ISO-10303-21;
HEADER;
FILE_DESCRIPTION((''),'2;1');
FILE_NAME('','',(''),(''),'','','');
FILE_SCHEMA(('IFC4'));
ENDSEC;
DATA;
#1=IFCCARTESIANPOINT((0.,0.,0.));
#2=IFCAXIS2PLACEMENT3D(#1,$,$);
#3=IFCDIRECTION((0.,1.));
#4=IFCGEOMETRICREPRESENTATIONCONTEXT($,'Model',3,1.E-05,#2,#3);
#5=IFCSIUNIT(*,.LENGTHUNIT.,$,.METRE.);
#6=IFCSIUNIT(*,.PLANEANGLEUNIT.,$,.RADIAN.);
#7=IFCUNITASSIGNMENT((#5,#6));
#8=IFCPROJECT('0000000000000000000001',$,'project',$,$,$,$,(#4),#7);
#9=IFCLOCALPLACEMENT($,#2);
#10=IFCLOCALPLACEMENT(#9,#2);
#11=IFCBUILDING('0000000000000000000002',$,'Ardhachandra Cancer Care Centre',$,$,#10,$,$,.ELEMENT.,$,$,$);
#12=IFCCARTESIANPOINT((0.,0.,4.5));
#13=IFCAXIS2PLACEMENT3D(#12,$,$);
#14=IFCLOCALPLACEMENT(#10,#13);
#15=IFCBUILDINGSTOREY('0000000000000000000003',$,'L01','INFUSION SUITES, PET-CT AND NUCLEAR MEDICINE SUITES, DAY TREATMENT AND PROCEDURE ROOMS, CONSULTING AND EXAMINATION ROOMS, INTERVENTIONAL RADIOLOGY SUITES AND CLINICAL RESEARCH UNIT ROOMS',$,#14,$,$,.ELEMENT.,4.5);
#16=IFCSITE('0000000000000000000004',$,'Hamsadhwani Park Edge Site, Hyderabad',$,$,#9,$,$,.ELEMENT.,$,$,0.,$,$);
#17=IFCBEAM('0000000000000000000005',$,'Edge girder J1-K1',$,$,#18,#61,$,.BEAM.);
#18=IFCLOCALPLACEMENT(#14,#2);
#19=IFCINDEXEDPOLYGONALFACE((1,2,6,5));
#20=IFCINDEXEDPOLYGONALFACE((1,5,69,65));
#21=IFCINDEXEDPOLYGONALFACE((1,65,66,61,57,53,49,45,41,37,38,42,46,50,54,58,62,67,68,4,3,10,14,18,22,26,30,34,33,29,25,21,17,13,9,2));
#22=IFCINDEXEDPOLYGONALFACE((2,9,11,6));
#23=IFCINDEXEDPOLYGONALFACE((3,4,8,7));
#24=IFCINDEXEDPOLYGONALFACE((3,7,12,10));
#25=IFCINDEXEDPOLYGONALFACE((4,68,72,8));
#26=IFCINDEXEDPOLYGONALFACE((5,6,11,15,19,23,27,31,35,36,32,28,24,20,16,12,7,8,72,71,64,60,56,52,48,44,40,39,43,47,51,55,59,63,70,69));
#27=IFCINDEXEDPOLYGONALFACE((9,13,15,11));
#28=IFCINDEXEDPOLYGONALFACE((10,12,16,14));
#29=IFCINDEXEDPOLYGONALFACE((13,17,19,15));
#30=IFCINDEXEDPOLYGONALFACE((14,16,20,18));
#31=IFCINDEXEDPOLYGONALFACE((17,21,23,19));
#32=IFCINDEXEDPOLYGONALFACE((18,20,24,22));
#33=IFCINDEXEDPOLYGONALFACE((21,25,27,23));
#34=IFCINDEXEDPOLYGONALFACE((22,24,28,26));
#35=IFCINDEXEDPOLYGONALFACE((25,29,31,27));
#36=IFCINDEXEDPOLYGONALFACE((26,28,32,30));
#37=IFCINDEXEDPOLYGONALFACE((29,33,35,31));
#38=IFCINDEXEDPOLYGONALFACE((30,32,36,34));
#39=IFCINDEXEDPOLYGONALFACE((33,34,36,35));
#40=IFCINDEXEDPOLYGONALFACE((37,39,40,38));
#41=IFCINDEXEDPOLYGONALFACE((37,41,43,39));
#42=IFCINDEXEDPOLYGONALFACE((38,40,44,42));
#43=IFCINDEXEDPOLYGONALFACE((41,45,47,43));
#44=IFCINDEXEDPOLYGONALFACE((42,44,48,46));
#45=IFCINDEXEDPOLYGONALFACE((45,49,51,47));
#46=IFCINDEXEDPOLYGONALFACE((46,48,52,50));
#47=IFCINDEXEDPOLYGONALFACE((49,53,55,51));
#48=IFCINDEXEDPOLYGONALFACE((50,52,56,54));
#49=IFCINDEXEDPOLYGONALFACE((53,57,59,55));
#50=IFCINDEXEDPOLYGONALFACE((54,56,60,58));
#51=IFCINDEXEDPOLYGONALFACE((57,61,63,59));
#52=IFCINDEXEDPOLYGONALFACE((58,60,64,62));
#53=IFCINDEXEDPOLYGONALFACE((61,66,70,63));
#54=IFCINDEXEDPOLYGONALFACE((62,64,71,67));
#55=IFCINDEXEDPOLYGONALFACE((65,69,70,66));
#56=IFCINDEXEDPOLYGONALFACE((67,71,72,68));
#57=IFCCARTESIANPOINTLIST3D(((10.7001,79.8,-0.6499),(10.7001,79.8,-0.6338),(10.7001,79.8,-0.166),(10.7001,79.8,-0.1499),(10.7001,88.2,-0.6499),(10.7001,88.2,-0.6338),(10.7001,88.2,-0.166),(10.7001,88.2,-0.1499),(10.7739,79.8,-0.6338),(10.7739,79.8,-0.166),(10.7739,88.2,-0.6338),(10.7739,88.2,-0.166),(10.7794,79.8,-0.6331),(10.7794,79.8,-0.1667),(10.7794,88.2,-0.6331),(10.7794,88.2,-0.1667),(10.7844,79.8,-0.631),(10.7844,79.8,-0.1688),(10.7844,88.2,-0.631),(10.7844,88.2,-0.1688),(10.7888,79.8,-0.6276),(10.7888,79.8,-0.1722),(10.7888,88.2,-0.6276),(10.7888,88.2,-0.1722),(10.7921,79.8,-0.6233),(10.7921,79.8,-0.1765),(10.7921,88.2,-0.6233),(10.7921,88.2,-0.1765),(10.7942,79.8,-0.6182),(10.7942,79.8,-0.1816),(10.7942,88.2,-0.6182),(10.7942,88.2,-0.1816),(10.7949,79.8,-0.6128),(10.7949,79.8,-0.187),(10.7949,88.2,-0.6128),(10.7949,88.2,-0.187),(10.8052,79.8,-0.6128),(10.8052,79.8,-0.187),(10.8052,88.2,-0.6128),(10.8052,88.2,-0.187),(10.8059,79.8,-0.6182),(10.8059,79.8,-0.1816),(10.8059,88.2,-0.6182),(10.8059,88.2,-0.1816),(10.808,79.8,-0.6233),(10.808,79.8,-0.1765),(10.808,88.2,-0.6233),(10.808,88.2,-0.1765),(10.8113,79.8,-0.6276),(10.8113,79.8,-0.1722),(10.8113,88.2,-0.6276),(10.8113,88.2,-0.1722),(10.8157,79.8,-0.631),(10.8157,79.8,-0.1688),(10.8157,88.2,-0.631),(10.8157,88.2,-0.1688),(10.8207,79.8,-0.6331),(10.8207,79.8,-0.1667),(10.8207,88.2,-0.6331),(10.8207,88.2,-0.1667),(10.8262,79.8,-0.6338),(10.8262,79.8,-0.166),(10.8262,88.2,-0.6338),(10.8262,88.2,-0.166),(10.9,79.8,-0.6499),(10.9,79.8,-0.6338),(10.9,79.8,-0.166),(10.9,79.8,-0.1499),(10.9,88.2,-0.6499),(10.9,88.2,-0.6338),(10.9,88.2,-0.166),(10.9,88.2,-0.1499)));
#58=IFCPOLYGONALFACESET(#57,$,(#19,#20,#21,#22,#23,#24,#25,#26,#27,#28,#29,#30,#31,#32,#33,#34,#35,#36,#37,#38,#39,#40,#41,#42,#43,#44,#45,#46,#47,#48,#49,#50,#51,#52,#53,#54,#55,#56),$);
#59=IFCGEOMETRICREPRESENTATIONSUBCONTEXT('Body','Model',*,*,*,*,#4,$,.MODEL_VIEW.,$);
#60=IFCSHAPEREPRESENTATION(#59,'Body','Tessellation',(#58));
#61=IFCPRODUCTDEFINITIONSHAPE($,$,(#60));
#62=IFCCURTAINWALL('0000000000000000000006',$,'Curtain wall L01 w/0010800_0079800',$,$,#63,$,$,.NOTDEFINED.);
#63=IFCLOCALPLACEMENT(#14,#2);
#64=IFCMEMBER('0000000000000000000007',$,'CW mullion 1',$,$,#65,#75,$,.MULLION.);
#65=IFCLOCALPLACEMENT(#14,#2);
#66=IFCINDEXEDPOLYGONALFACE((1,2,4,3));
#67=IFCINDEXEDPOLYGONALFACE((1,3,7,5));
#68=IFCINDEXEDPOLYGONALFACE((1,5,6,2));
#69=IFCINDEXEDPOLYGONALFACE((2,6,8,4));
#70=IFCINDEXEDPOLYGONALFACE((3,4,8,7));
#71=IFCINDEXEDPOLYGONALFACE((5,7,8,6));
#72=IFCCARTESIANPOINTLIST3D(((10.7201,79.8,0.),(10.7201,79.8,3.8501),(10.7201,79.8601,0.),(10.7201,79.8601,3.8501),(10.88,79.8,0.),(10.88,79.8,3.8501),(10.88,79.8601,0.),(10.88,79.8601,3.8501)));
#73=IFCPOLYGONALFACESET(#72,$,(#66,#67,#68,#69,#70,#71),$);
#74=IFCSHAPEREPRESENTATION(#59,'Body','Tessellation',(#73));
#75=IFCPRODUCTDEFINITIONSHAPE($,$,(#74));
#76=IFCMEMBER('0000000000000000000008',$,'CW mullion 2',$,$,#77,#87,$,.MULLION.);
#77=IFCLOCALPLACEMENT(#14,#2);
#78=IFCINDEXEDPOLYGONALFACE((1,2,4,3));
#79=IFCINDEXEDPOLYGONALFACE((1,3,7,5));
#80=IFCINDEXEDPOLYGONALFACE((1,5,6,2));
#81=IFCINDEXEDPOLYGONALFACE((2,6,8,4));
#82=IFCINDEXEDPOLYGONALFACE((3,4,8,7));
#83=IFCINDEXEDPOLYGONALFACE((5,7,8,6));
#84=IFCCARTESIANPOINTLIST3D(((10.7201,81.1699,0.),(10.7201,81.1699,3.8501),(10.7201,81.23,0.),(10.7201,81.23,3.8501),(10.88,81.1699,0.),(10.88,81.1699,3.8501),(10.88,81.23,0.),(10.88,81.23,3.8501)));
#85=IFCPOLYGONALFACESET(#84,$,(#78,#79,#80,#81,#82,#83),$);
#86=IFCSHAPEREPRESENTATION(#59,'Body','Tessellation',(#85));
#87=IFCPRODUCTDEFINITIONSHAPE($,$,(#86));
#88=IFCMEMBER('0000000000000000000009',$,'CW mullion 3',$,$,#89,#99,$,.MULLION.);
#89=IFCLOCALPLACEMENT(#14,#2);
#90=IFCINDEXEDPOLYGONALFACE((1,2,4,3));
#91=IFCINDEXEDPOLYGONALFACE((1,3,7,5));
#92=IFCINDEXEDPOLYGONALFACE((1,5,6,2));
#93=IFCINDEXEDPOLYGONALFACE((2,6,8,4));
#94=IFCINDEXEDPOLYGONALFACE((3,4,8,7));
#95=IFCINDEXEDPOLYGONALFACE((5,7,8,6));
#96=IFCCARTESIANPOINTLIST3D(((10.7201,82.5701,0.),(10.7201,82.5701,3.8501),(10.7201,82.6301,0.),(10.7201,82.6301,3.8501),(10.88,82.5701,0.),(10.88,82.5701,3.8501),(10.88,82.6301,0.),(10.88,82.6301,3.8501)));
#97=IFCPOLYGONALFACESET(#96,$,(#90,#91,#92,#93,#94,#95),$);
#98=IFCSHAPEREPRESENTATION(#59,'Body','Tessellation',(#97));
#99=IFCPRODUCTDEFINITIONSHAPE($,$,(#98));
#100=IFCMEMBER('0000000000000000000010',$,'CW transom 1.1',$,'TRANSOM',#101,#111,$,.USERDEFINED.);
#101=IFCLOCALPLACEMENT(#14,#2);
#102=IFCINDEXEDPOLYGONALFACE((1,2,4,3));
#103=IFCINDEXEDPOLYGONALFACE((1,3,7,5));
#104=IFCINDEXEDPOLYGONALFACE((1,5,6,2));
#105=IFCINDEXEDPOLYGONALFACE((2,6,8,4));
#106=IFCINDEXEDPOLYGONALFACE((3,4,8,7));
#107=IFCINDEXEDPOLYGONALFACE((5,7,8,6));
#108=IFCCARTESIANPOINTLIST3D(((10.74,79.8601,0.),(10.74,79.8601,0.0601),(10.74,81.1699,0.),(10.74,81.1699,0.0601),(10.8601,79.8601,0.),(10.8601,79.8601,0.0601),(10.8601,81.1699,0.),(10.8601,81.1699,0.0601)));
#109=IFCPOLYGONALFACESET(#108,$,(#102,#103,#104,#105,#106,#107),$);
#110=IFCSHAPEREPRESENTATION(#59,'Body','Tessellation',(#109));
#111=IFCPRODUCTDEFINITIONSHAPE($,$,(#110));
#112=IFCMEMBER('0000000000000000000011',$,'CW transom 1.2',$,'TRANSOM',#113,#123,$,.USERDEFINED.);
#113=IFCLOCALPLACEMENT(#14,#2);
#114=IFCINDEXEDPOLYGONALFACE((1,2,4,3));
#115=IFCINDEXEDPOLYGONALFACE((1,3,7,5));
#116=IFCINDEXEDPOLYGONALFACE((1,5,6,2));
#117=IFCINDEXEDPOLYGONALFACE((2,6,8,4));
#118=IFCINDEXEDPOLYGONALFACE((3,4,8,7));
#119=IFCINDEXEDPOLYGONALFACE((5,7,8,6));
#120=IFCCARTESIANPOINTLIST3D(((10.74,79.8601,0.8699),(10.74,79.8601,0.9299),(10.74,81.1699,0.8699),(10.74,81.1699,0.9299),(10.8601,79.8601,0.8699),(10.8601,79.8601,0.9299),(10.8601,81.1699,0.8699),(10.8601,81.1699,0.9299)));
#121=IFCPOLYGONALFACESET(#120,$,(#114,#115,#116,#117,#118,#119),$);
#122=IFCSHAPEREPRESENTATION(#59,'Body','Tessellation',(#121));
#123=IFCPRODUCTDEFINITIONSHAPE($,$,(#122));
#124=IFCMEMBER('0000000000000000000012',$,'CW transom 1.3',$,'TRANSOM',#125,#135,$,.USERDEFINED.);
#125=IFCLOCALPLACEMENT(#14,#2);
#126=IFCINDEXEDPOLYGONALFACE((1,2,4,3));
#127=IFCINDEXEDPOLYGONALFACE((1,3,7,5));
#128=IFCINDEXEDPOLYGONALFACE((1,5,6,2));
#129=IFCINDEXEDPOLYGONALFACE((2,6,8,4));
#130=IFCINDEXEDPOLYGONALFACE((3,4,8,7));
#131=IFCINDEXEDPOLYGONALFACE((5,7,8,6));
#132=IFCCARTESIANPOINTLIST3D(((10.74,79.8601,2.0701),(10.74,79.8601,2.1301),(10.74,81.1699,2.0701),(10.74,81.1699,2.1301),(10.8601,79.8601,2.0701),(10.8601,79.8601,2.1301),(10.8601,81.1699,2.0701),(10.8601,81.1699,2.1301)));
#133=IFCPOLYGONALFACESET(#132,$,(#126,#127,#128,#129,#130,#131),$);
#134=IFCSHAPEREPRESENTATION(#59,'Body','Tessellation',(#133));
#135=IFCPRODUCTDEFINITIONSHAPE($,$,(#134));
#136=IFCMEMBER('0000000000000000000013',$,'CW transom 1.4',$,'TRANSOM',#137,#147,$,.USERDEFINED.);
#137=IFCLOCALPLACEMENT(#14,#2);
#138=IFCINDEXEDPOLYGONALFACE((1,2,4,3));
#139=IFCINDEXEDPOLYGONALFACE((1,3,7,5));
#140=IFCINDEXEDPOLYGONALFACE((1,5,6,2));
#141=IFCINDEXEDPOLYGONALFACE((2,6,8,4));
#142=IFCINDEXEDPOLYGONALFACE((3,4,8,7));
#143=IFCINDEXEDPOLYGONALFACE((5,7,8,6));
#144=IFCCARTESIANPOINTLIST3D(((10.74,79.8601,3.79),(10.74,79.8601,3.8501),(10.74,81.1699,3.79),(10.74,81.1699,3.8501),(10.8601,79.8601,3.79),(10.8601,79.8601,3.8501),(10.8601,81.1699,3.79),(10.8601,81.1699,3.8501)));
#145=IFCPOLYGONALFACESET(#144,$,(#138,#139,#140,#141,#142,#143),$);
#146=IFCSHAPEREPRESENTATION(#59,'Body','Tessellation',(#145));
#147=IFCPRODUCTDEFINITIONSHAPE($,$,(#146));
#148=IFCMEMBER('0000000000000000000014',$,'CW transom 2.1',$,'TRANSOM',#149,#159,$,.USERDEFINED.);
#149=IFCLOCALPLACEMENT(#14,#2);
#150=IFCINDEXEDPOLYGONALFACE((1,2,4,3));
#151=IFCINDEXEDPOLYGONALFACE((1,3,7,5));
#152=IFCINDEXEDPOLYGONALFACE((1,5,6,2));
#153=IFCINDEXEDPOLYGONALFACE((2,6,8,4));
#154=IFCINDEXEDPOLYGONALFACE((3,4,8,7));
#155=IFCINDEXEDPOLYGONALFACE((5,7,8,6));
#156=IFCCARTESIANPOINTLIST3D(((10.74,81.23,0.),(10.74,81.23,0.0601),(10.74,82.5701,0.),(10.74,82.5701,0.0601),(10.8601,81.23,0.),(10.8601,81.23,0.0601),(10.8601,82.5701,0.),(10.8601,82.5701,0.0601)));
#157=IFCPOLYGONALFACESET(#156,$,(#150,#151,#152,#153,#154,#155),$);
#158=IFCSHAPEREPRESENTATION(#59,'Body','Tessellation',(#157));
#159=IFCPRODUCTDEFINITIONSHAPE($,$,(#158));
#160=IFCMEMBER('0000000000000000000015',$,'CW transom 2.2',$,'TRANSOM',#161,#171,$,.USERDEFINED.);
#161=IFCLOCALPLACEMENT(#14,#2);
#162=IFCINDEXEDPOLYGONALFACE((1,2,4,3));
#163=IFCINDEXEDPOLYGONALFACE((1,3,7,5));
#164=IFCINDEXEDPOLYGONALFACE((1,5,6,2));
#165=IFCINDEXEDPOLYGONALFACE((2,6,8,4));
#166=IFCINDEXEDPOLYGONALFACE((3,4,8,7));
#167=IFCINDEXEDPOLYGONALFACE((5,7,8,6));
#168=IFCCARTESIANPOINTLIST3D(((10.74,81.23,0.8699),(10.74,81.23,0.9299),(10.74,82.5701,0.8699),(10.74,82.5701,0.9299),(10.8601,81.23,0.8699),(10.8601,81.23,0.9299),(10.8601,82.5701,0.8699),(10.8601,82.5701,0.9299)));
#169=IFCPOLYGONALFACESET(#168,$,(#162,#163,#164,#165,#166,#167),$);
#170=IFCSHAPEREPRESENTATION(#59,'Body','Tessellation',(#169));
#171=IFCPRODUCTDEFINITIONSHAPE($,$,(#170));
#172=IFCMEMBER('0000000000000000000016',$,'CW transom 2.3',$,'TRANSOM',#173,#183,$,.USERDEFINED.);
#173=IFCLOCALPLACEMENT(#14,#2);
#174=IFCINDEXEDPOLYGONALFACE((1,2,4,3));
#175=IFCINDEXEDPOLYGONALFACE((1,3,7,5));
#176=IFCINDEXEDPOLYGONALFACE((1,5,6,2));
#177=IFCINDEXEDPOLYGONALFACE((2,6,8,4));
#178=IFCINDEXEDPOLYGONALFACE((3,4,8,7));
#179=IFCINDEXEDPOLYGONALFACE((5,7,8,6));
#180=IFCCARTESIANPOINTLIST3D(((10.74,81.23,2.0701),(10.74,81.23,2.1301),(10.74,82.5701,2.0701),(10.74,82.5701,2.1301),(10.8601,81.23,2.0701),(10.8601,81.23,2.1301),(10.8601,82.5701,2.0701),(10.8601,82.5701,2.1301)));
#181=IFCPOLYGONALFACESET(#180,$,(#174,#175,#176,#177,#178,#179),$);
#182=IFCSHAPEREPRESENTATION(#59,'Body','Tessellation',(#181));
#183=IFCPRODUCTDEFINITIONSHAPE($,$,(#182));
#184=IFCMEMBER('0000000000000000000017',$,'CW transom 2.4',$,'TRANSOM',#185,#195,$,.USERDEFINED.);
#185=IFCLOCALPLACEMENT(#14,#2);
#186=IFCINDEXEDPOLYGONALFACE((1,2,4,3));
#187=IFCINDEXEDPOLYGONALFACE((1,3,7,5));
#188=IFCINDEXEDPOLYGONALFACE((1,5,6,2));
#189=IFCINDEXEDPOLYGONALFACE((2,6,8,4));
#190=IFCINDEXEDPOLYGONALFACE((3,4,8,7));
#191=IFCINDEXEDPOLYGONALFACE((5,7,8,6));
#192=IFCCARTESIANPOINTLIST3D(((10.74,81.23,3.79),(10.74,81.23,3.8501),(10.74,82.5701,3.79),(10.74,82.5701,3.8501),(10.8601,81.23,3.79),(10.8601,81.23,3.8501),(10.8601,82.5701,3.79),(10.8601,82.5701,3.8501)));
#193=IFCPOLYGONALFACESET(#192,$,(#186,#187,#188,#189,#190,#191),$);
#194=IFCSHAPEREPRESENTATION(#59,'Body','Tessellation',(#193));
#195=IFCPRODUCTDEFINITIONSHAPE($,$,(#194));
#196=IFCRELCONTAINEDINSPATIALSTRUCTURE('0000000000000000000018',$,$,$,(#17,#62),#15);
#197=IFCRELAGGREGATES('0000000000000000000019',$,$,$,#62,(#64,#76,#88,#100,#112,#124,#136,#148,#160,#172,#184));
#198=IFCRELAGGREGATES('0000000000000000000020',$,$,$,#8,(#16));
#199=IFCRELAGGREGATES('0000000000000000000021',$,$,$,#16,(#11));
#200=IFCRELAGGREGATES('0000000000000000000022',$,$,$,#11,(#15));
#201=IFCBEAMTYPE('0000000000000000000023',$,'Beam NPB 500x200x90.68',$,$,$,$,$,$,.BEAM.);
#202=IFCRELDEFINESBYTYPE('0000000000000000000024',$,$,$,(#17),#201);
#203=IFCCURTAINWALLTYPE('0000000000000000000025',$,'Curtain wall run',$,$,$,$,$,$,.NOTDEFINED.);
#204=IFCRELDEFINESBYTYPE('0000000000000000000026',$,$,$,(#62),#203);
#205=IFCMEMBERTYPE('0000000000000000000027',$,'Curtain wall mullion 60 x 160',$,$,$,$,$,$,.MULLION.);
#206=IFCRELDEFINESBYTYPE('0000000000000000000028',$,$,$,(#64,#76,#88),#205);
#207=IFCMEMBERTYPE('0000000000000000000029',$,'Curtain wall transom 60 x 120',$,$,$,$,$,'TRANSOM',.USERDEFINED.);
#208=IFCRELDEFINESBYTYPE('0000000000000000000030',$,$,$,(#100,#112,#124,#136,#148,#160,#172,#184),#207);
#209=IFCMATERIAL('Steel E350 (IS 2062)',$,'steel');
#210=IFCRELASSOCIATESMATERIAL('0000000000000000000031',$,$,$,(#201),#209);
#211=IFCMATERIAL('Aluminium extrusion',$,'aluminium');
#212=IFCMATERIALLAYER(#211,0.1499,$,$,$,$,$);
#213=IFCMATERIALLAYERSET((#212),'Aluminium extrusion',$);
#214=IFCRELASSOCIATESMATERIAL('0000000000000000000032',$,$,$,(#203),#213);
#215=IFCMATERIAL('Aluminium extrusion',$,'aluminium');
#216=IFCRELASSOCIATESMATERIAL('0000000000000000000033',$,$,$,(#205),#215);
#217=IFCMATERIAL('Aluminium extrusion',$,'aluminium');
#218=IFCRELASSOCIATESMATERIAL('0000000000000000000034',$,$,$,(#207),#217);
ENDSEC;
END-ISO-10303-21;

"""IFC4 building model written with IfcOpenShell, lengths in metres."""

from ifc_helpers import new_model, si_unit, direction, frame, origin, origin_2d, place, context, subcontext, project, spatial, rectangle, i_section, extrude, material, layer, layer_set, material_profile, profile_set, type_object, element, aggregate, save


model = new_model("IFC4")

# Units and contexts
model_context = context("Model", 3, precision=1e-05, world=origin(), true_north=direction((0.0, 1.0)))
body_context = subcontext(model_context, "Body", "Model", "MODEL_VIEW")
ifc_project = project(units=[si_unit("LENGTHUNIT", "METRE"), si_unit("PLANEANGLEUNIT", "RADIAN")], contexts=[model_context])

# Site, building, storey
site_placement = place(None, origin())
site = spatial("IfcSite", under=ifc_project, at=site_placement, Name="Hamsadhwani Park Edge Site, Hyderabad", CompositionType="ELEMENT", RefElevation=0.0)
building_placement = place(site_placement, origin())
building = spatial("IfcBuilding", under=site, at=building_placement, Name="Ardhachandra Cancer Care Centre", CompositionType="ELEMENT")
storey_placement = place(building_placement, frame((0.0, 0.0, 4.5)))
storey = spatial("IfcBuildingStorey", under=building, at=storey_placement, Name="L01", Description="INFUSION SUITES, PET-CT AND NUCLEAR MEDICINE SUITES, DAY TREATMENT AND PROCEDURE ROOMS, CONSULTING AND EXAMINATION ROOMS, INTERVENTIONAL RADIOLOGY SUITES AND CLINICAL RESEARCH UNIT ROOMS", CompositionType="ELEMENT", Elevation=4.5)

# Beam
ifc_material_1 = material(Name="Steel E350 (IS 2062)", Category="steel")
ifc_material_profile_1 = material_profile(ifc_material_1, i_section(OverallWidth=0.2, OverallDepth=0.5, WebThickness=0.0103, FlangeThickness=0.0161, FilletRadius=0.021, at=origin_2d()), Name="NPB 500x200x90.68")
ifc_profile_set_1 = profile_set([ifc_material_profile_1], Name="Steel E350 (IS 2062)")
beam_type = type_object("IfcBeamType", Name="Beam NPB 500x200x90.68", PredefinedType="BEAM", material=ifc_profile_set_1)
beam_placement = place(storey_placement, frame((10.8, 79.8, -0.3999), z_axis=(0.0, 1.0, 0.0), x_axis=(-1.0, 0.0, 0.0)))
element("IfcBeam", 1, at=beam_placement, inside=storey, type_object=beam_type, Name="Edge girder J1-K1", PredefinedType="BEAM", context=body_context, shape_type="SweptSolid", body=[
    extrude(i_section(OverallWidth=0.2, OverallDepth=0.5, WebThickness=0.0103, FlangeThickness=0.0161, FilletRadius=0.021, at=origin_2d()), origin(), (0.0, 0.0, 1.0), 8.3999),
])

# Curtain wall, members
ifc_material_2 = material(Name="Aluminium extrusion", Category="aluminium")
ifc_layer_1 = layer(ifc_material_2, 0.1499)
ifc_layer_set_1 = layer_set([ifc_layer_1], Name="Aluminium extrusion")
curtain_wall_type = type_object("IfcCurtainWallType", Name="Curtain wall run", PredefinedType="NOTDEFINED", material=ifc_layer_set_1)
curtain_wall_placement = place(storey_placement, origin())
curtain_wall = element("IfcCurtainWall", 2, at=curtain_wall_placement, inside=storey, type_object=curtain_wall_type, Name="Curtain wall L01 w/0010800_0079800", PredefinedType="NOTDEFINED")
ifc_material_3 = material(Name="Aluminium extrusion", Category="aluminium")
ifc_material_profile_2 = material_profile(ifc_material_3, rectangle(XDim=0.1599, YDim=0.0601, at=origin_2d()), Name="Curtain wall mullion 60 x 160")
ifc_profile_set_2 = profile_set([ifc_material_profile_2], Name="Aluminium extrusion")
member_type_1 = type_object("IfcMemberType", Name="Curtain wall mullion 60 x 160", PredefinedType="MULLION", material=ifc_profile_set_2)
member_1_placement = place(storey_placement, frame((10.8, 79.8301, 0.0), z_axis=(0.0, 0.0, 1.0), x_axis=(-1.0, 0.0, 0.0)))
member_1 = element("IfcMember", 3, at=member_1_placement, type_object=member_type_1, Name="CW mullion 1", PredefinedType="MULLION", context=body_context, shape_type="SweptSolid", body=[
    extrude(rectangle(XDim=0.1599, YDim=0.0601, at=origin_2d()), origin(), (0.0, 0.0, 1.0), 3.8501),
])
member_2_placement = place(storey_placement, frame((10.8, 81.2, 0.0), z_axis=(0.0, 0.0, 1.0), x_axis=(-1.0, 0.0, 0.0)))
member_2 = element("IfcMember", 4, at=member_2_placement, type_object=member_type_1, Name="CW mullion 2", PredefinedType="MULLION", context=body_context, shape_type="SweptSolid", body=[
    extrude(rectangle(XDim=0.1599, YDim=0.0601, at=origin_2d()), origin(), (0.0, 0.0, 1.0), 3.8501),
])
member_3_placement = place(storey_placement, frame((10.8, 82.6001, 0.0), z_axis=(0.0, 0.0, 1.0), x_axis=(-1.0, 0.0, 0.0)))
member_3 = element("IfcMember", 5, at=member_3_placement, type_object=member_type_1, Name="CW mullion 3", PredefinedType="MULLION", context=body_context, shape_type="SweptSolid", body=[
    extrude(rectangle(XDim=0.1599, YDim=0.0601, at=origin_2d()), origin(), (0.0, 0.0, 1.0), 3.8501),
])
ifc_material_4 = material(Name="Aluminium extrusion", Category="aluminium")
ifc_material_profile_3 = material_profile(ifc_material_4, rectangle(XDim=0.1201, YDim=0.0601, at=origin_2d()), Name="Curtain wall transom 60 x 120")
ifc_profile_set_3 = profile_set([ifc_material_profile_3], Name="Aluminium extrusion")
member_type_2 = type_object("IfcMemberType", Name="Curtain wall transom 60 x 120", ElementType="TRANSOM", PredefinedType="USERDEFINED", material=ifc_profile_set_3)
member_4_placement = place(storey_placement, frame((10.8, 79.8601, 0.03), z_axis=(0.0, 1.0, 0.0), x_axis=(-1.0, 0.0, 0.0)))
member_4 = element("IfcMember", 6, at=member_4_placement, type_object=member_type_2, Name="CW transom 1.1", ObjectType="TRANSOM", PredefinedType="USERDEFINED", context=body_context, shape_type="SweptSolid", body=[
    extrude(rectangle(XDim=0.1201, YDim=0.0601, at=origin_2d()), origin(), (0.0, 0.0, 1.0), 1.3098),
])
member_5_placement = place(storey_placement, frame((10.8, 79.8601, 0.8999), z_axis=(0.0, 1.0, 0.0), x_axis=(-1.0, 0.0, 0.0)))
member_5 = element("IfcMember", 7, at=member_5_placement, type_object=member_type_2, Name="CW transom 1.2", ObjectType="TRANSOM", PredefinedType="USERDEFINED", context=body_context, shape_type="SweptSolid", body=[
    extrude(rectangle(XDim=0.1201, YDim=0.0601, at=origin_2d()), origin(), (0.0, 0.0, 1.0), 1.3098),
])
member_6_placement = place(storey_placement, frame((10.8, 79.8601, 2.1001), z_axis=(0.0, 1.0, 0.0), x_axis=(-1.0, 0.0, 0.0)))
member_6 = element("IfcMember", 8, at=member_6_placement, type_object=member_type_2, Name="CW transom 1.3", ObjectType="TRANSOM", PredefinedType="USERDEFINED", context=body_context, shape_type="SweptSolid", body=[
    extrude(rectangle(XDim=0.1201, YDim=0.0601, at=origin_2d()), origin(), (0.0, 0.0, 1.0), 1.3098),
])
member_7_placement = place(storey_placement, frame((10.8, 79.8601, 3.8201), z_axis=(0.0, 1.0, 0.0), x_axis=(-1.0, 0.0, 0.0)))
member_7 = element("IfcMember", 9, at=member_7_placement, type_object=member_type_2, Name="CW transom 1.4", ObjectType="TRANSOM", PredefinedType="USERDEFINED", context=body_context, shape_type="SweptSolid", body=[
    extrude(rectangle(XDim=0.1201, YDim=0.0601, at=origin_2d()), origin(), (0.0, 0.0, 1.0), 1.3098),
])
member_8_placement = place(storey_placement, frame((10.8, 81.23, 0.03), z_axis=(0.0, 1.0, 0.0), x_axis=(-1.0, 0.0, 0.0)))
member_8 = element("IfcMember", 10, at=member_8_placement, type_object=member_type_2, Name="CW transom 2.1", ObjectType="TRANSOM", PredefinedType="USERDEFINED", context=body_context, shape_type="SweptSolid", body=[
    extrude(rectangle(XDim=0.1201, YDim=0.0601, at=origin_2d()), origin(), (0.0, 0.0, 1.0), 1.3401),
])
member_9_placement = place(storey_placement, frame((10.8, 81.23, 0.8999), z_axis=(0.0, 1.0, 0.0), x_axis=(-1.0, 0.0, 0.0)))
member_9 = element("IfcMember", 11, at=member_9_placement, type_object=member_type_2, Name="CW transom 2.2", ObjectType="TRANSOM", PredefinedType="USERDEFINED", context=body_context, shape_type="SweptSolid", body=[
    extrude(rectangle(XDim=0.1201, YDim=0.0601, at=origin_2d()), origin(), (0.0, 0.0, 1.0), 1.3401),
])
member_10_placement = place(storey_placement, frame((10.8, 81.23, 2.1001), z_axis=(0.0, 1.0, 0.0), x_axis=(-1.0, 0.0, 0.0)))
member_10 = element("IfcMember", 12, at=member_10_placement, type_object=member_type_2, Name="CW transom 2.3", ObjectType="TRANSOM", PredefinedType="USERDEFINED", context=body_context, shape_type="SweptSolid", body=[
    extrude(rectangle(XDim=0.1201, YDim=0.0601, at=origin_2d()), origin(), (0.0, 0.0, 1.0), 1.3401),
])
member_11_placement = place(storey_placement, frame((10.8, 81.23, 3.8201), z_axis=(0.0, 1.0, 0.0), x_axis=(-1.0, 0.0, 0.0)))
member_11 = element("IfcMember", 13, at=member_11_placement, type_object=member_type_2, Name="CW transom 2.4", ObjectType="TRANSOM", PredefinedType="USERDEFINED", context=body_context, shape_type="SweptSolid", body=[
    extrude(rectangle(XDim=0.1201, YDim=0.0601, at=origin_2d()), origin(), (0.0, 0.0, 1.0), 1.3401),
])
aggregate(curtain_wall, [member_1, member_2, member_3, member_4, member_5, member_6, member_7, member_8, member_9, member_10, member_11])

save(model, "model.ifc")
